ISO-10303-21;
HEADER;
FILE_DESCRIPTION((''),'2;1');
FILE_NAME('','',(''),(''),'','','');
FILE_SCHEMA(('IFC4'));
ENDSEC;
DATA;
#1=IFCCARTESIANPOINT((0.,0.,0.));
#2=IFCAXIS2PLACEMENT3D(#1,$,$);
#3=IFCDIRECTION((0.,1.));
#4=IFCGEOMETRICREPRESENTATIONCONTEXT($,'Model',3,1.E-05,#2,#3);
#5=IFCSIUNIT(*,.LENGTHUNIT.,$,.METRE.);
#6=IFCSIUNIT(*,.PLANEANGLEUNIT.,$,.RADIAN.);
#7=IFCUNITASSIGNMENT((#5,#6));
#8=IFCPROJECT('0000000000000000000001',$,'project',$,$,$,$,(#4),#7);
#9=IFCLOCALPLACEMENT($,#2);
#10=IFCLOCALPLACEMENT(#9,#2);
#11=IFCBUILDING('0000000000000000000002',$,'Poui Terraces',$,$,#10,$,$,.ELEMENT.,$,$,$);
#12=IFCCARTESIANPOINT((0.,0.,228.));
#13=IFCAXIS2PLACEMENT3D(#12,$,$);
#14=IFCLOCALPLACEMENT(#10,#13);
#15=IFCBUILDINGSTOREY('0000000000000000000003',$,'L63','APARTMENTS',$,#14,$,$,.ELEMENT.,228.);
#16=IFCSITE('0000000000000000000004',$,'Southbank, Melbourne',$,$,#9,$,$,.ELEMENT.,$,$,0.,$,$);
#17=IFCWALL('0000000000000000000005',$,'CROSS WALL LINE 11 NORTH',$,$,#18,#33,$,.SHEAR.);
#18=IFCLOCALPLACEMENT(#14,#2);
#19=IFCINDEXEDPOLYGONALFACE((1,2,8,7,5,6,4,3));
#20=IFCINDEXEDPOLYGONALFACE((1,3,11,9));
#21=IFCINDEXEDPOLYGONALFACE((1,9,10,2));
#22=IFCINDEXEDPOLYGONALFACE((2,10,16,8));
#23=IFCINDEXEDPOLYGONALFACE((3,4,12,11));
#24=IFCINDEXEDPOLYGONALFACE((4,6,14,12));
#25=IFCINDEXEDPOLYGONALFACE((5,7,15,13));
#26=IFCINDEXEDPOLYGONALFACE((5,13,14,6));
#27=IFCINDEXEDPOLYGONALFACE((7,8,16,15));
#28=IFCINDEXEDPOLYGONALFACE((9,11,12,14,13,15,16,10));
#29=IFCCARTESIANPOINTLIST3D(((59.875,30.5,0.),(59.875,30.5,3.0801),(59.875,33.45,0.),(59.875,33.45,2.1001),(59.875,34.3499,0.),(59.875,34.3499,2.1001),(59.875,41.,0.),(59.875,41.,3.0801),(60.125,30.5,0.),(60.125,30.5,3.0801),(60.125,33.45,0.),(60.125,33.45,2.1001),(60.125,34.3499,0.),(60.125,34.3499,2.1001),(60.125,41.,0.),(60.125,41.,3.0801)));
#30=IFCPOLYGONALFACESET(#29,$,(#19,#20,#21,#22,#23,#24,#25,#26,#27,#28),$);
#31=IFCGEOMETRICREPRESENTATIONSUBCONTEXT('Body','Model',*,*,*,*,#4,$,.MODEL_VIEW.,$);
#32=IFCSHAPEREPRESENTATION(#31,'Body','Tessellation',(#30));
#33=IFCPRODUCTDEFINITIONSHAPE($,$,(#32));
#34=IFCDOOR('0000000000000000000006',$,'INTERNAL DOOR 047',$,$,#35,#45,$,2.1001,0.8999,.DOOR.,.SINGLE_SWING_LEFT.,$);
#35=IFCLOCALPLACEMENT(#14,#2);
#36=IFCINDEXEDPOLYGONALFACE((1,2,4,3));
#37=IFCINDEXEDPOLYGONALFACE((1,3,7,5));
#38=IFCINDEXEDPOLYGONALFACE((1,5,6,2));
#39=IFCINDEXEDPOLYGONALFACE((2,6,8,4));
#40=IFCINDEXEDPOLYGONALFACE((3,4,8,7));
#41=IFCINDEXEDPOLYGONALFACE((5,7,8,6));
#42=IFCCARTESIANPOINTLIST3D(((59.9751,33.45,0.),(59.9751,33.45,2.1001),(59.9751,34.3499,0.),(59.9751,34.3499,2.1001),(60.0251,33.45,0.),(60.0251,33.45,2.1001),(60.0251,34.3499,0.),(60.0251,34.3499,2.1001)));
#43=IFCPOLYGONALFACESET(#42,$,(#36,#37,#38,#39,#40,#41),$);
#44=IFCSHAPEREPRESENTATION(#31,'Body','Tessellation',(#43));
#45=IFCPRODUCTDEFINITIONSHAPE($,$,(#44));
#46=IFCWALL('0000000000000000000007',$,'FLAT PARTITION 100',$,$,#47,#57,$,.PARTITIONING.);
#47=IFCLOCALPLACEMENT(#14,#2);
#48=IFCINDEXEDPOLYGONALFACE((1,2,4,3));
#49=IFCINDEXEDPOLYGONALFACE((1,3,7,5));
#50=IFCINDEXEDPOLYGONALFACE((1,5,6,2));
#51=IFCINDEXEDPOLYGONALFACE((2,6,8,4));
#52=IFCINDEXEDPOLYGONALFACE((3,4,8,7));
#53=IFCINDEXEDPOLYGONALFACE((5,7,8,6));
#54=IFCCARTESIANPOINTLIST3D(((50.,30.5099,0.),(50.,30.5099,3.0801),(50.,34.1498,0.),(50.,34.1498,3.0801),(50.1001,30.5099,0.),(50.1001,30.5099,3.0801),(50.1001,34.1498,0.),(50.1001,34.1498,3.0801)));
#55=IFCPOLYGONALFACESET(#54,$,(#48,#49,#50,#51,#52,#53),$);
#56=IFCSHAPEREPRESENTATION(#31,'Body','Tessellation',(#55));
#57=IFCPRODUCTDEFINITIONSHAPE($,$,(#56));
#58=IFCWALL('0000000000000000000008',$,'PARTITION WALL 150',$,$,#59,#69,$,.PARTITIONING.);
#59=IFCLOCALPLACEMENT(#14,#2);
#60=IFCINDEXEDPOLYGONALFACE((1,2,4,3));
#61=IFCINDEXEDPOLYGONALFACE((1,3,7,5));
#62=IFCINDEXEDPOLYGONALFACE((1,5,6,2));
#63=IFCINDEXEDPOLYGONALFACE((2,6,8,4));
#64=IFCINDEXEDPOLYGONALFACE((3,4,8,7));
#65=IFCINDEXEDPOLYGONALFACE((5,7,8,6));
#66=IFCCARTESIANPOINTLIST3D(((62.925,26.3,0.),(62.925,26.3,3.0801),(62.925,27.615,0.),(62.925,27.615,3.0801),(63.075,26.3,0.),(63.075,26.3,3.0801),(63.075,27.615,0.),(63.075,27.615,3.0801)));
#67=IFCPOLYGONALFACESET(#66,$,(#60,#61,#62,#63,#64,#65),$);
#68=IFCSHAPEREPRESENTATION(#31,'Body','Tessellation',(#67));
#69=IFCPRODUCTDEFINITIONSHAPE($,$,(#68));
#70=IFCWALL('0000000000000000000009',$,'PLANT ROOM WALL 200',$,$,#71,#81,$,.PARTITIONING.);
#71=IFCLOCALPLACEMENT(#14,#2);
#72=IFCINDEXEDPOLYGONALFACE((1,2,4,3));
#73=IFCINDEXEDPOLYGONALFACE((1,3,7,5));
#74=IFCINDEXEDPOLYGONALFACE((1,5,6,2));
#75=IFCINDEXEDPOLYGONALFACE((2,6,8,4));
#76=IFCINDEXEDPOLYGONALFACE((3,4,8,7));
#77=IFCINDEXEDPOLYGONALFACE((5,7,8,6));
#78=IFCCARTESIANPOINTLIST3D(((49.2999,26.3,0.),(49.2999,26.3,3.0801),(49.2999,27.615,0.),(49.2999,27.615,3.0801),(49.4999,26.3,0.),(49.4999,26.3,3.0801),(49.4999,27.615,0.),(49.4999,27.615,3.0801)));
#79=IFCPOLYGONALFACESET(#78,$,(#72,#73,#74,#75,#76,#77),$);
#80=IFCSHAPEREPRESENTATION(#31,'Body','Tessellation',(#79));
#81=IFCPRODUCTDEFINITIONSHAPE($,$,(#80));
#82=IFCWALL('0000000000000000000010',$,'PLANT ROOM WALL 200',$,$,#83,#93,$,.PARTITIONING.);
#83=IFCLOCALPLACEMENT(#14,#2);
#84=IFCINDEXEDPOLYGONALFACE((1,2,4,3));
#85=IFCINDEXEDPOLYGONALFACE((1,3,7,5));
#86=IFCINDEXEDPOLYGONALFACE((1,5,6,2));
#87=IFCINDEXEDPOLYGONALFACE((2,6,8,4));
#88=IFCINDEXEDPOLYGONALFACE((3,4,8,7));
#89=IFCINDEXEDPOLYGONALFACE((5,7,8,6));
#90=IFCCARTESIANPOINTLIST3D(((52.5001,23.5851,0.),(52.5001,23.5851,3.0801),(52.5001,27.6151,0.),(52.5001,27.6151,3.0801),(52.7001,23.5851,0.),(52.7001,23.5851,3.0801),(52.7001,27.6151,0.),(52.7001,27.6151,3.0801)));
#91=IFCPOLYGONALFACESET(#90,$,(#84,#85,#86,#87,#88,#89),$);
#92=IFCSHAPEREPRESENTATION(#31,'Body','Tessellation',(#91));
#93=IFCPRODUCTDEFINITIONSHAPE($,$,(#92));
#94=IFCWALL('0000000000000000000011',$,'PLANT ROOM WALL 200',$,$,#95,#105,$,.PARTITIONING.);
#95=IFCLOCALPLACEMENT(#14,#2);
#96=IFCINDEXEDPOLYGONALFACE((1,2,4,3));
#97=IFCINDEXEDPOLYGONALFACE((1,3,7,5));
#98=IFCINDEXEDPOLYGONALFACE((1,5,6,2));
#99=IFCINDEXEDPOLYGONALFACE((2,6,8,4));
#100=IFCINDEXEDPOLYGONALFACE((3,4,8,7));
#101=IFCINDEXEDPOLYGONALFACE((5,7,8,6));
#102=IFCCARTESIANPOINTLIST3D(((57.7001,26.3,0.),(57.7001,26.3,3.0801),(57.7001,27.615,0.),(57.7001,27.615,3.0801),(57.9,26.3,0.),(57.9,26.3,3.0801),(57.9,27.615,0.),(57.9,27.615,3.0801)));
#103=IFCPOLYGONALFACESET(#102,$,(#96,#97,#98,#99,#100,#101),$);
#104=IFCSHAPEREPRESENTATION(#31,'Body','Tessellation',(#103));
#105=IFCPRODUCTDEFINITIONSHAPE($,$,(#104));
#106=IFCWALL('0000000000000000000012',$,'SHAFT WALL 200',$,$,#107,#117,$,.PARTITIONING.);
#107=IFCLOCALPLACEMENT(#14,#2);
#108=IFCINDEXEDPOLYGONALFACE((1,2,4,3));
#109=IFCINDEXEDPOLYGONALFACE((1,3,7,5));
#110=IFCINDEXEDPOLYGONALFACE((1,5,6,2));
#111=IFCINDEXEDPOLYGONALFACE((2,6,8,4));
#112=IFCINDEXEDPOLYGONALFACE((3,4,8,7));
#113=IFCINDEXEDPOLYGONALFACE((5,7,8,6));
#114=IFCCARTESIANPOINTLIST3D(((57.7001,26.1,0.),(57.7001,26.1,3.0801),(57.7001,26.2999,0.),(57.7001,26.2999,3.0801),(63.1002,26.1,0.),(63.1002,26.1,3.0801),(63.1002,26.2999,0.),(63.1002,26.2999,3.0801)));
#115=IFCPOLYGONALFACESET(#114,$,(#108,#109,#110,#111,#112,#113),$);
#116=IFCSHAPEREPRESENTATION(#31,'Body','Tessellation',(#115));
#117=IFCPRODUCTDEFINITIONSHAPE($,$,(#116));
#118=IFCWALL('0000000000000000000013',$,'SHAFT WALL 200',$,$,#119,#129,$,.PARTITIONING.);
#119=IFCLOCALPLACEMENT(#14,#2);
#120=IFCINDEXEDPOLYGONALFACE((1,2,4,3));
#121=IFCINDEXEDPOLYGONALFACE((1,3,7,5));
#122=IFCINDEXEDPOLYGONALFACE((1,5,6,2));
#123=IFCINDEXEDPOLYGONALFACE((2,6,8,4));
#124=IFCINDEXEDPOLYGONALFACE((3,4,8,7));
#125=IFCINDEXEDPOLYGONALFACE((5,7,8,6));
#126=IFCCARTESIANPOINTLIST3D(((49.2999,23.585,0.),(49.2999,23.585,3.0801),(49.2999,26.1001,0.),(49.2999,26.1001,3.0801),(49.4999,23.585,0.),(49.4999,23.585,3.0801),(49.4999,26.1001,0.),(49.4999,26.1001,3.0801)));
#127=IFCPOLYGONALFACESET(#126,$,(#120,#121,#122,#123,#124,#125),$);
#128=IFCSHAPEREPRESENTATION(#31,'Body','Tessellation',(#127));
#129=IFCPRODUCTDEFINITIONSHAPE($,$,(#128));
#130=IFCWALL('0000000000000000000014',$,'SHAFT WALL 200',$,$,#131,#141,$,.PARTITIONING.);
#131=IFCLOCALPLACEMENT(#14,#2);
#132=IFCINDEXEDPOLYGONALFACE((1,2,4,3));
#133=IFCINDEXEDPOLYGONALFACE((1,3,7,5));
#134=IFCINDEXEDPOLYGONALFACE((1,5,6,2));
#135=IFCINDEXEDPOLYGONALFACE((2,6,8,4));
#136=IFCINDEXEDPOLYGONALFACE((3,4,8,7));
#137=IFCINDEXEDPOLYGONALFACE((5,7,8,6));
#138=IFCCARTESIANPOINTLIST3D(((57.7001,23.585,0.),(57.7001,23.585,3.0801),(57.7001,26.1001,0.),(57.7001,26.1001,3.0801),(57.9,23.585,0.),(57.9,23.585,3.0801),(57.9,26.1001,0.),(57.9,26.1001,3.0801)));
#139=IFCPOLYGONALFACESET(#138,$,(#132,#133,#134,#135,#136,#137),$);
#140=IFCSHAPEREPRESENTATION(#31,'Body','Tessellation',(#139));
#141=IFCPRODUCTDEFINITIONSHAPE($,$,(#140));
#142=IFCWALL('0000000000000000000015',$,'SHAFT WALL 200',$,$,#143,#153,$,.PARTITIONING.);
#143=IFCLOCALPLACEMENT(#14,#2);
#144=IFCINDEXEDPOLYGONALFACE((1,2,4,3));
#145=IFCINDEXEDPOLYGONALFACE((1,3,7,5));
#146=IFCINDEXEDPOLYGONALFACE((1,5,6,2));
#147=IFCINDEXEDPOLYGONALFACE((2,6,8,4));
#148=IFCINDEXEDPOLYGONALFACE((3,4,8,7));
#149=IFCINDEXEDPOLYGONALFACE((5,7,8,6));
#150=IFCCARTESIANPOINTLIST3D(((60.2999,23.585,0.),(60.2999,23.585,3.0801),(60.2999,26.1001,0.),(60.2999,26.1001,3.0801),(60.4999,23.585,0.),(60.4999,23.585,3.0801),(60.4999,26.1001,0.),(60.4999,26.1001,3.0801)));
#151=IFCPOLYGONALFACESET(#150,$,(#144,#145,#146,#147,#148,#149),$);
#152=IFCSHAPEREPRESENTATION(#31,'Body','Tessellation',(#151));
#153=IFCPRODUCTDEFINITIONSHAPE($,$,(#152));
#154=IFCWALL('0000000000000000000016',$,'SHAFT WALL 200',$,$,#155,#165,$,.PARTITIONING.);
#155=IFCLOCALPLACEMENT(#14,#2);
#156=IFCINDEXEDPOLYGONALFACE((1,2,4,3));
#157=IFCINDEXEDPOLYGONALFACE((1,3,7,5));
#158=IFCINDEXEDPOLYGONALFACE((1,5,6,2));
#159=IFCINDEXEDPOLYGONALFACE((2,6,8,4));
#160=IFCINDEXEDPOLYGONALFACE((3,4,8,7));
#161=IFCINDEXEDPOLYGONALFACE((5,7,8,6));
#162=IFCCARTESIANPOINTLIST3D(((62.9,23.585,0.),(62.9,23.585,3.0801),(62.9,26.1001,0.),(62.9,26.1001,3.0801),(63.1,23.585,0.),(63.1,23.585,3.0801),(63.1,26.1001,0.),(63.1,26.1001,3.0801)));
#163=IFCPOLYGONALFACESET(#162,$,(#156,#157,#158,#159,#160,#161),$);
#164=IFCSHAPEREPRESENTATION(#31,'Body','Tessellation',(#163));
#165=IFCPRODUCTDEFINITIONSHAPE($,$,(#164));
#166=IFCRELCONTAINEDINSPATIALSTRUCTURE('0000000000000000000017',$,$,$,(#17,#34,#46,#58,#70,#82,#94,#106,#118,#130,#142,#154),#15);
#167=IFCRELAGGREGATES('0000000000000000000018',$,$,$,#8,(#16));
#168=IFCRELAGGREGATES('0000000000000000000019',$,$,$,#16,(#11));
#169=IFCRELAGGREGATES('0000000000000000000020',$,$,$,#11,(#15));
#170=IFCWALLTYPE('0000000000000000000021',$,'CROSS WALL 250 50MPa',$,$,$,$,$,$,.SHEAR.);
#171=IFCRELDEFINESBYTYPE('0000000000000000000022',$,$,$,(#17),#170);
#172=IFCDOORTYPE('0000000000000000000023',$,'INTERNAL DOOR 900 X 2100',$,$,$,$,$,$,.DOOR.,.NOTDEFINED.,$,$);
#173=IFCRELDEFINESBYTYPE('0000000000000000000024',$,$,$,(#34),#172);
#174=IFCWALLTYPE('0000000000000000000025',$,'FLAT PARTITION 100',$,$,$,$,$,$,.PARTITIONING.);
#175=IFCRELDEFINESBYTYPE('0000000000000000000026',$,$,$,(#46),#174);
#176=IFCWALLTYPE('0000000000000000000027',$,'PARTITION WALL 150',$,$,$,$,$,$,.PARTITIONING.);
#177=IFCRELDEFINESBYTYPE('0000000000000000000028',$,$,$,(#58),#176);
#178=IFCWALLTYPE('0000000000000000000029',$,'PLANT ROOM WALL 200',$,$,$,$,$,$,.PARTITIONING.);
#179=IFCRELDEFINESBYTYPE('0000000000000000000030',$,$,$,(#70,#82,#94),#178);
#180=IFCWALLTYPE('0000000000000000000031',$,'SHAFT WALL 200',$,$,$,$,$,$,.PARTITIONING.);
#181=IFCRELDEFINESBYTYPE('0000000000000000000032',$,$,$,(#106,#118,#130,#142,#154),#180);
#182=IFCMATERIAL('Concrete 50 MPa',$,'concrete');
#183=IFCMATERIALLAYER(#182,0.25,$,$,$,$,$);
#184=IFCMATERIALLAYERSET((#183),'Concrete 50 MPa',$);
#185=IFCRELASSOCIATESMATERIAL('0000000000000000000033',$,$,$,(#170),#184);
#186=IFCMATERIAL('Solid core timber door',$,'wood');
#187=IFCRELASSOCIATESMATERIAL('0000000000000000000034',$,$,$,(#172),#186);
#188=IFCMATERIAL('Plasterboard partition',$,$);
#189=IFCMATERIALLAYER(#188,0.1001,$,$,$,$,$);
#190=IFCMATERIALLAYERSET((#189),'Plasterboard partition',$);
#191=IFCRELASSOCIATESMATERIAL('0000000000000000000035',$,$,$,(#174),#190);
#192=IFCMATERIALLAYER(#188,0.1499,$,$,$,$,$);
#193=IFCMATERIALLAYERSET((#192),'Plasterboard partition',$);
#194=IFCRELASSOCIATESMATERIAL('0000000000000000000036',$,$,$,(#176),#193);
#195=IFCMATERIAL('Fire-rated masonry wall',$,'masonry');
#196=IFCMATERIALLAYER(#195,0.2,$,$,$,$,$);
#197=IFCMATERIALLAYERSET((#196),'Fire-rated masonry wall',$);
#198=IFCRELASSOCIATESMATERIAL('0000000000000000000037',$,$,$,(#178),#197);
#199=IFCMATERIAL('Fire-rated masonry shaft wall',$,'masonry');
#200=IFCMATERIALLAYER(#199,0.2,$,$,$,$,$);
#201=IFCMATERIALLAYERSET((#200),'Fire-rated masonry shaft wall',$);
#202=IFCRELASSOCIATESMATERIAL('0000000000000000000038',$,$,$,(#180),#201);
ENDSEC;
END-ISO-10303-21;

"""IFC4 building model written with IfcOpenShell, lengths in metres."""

from ifc_helpers import new_model, si_unit, direction, frame, frame_2d, origin, place, context, subcontext, project, spatial, rectangle, extrude, material, layer, layer_set, type_object, element, fill, save


model = new_model("IFC4")

# Units and contexts
model_context = context("Model", 3, precision=1e-05, world=origin(), true_north=direction((0.0, 1.0)))
body_context = subcontext(model_context, "Body", "Model", "MODEL_VIEW")
ifc_project = project(units=[si_unit("LENGTHUNIT", "METRE"), si_unit("PLANEANGLEUNIT", "RADIAN")], contexts=[model_context])

# Site, building, storey
site_placement = place(None, origin())
site = spatial("IfcSite", under=ifc_project, at=site_placement, Name="Southbank, Melbourne", CompositionType="ELEMENT", RefElevation=0.0)
building_placement = place(site_placement, origin())
building = spatial("IfcBuilding", under=site, at=building_placement, Name="Poui Terraces", CompositionType="ELEMENT")
storey_placement = place(building_placement, frame((0.0, 0.0, 228.0)))
storey = spatial("IfcBuildingStorey", under=building, at=storey_placement, Name="L63", Description="APARTMENTS", CompositionType="ELEMENT", Elevation=228.0)

# Shared definitions
ifc_material_1 = material(Name="Concrete 50 MPa", Category="concrete")

# Wall, opening, door
ifc_layer_1 = layer(ifc_material_1, 0.25)
ifc_layer_set_1 = layer_set([ifc_layer_1], Name="Concrete 50 MPa")
wall_type_1 = type_object("IfcWallType", Name="CROSS WALL 250 50MPa", PredefinedType="SHEAR", material=ifc_layer_set_1)
ifc_material_2 = material(Name="Solid core timber door", Category="wood")
door_type_1 = type_object("IfcDoorType", Name="INTERNAL DOOR 900 X 2100", OperationType="NOTDEFINED", PredefinedType="DOOR", material=ifc_material_2)
wall_1_placement = place(storey_placement, frame((60.0, 30.5, 0.0), z_axis=(0.0, 0.0, 1.0), x_axis=(0.0, 1.0, 0.0)))
wall_1 = element("IfcWall", 1, at=wall_1_placement, inside=storey, type_object=wall_type_1, Name="CROSS WALL LINE 11 NORTH", PredefinedType="SHEAR", context=body_context, shape_type="SweptSolid", body=[
    extrude(rectangle(XDim=10.5, YDim=0.25, at=frame_2d((5.25, 0.0))), origin(), (0.0, 0.0, 1.0), 3.0801),
])
opening_1_placement = place(wall_1_placement, frame((2.95, 0.0, 0.0)))
opening_1 = element("IfcOpeningElement", 2, at=opening_1_placement, cuts=wall_1, PredefinedType="OPENING", context=body_context, shape_type="SweptSolid", body=[
    extrude(rectangle(XDim=0.8999, YDim=2.1001, at=frame_2d((0.45, 1.05))), frame((0.0, 0.135, 0.0), z_axis=(0.0, -1.0, 0.0), x_axis=(1.0, 0.0, 0.0)), (0.0, 0.0, 1.0), 0.27),
])
door_1_placement = place(opening_1_placement, origin())
door_1 = element("IfcDoor", 3, at=door_1_placement, inside=storey, type_object=door_type_1, Name="INTERNAL DOOR 047", OperationType="SINGLE_SWING_LEFT", OverallHeight=2.1001, OverallWidth=0.8999, PredefinedType="DOOR", context=body_context, shape_type="SweptSolid", body=[
    extrude(rectangle(XDim=0.8999, YDim=2.1001, at=frame_2d((0.45, 1.05))), frame((0.0, 0.0249, 0.0), z_axis=(0.0, -1.0, 0.0), x_axis=(1.0, 0.0, 0.0)), (0.0, 0.0, 1.0), 0.05),
])
fill(opening_1, door_1)

# Walls
ifc_material_3 = material(Name="Plasterboard partition")
ifc_layer_2 = layer(ifc_material_3, 0.1001)
ifc_layer_set_2 = layer_set([ifc_layer_2], Name="Plasterboard partition")
wall_type_2 = type_object("IfcWallType", Name="FLAT PARTITION 100", PredefinedType="PARTITIONING", material=ifc_layer_set_2)
wall_2_placement = place(storey_placement, frame((50.05, 30.51, 0.0), z_axis=(0.0, 0.0, 1.0), x_axis=(0.0, 1.0, 0.0)))
element("IfcWall", 4, at=wall_2_placement, inside=storey, type_object=wall_type_2, Name="FLAT PARTITION 100", PredefinedType="PARTITIONING", context=body_context, shape_type="SweptSolid", body=[
    extrude(rectangle(XDim=3.6399, YDim=0.1001, at=frame_2d((1.8198, 0.0))), origin(), (0.0, 0.0, 1.0), 3.0801),
])
ifc_layer_3 = layer(ifc_material_3, 0.1499)
ifc_layer_set_3 = layer_set([ifc_layer_3], Name="Plasterboard partition")
wall_type_3 = type_object("IfcWallType", Name="PARTITION WALL 150", PredefinedType="PARTITIONING", material=ifc_layer_set_3)
wall_3_placement = place(storey_placement, frame((63.0, 26.3, 0.0), z_axis=(0.0, 0.0, 1.0), x_axis=(0.0, 1.0, 0.0)))
element("IfcWall", 5, at=wall_3_placement, inside=storey, type_object=wall_type_3, Name="PARTITION WALL 150", PredefinedType="PARTITIONING", context=body_context, shape_type="SweptSolid", body=[
    extrude(rectangle(XDim=1.3149, YDim=0.1499, at=frame_2d((0.6575, 0.0))), origin(), (0.0, 0.0, 1.0), 3.0801),
])
ifc_material_4 = material(Name="Fire-rated masonry wall", Category="masonry")
ifc_layer_4 = layer(ifc_material_4, 0.2)
ifc_layer_set_4 = layer_set([ifc_layer_4], Name="Fire-rated masonry wall")
wall_type_4 = type_object("IfcWallType", Name="PLANT ROOM WALL 200", PredefinedType="PARTITIONING", material=ifc_layer_set_4)
wall_4_placement = place(storey_placement, frame((49.3999, 26.3, 0.0), z_axis=(0.0, 0.0, 1.0), x_axis=(0.0, 1.0, 0.0)))
element("IfcWall", 6, at=wall_4_placement, inside=storey, type_object=wall_type_4, Name="PLANT ROOM WALL 200", PredefinedType="PARTITIONING", context=body_context, shape_type="SweptSolid", body=[
    extrude(rectangle(XDim=1.3149, YDim=0.2, at=frame_2d((0.6575, 0.0))), origin(), (0.0, 0.0, 1.0), 3.0801),
])
wall_5_placement = place(storey_placement, frame((52.6001, 23.585, 0.0), z_axis=(0.0, 0.0, 1.0), x_axis=(0.0, 1.0, 0.0)))
element("IfcWall", 7, at=wall_5_placement, inside=storey, type_object=wall_type_4, Name="PLANT ROOM WALL 200", PredefinedType="PARTITIONING", context=body_context, shape_type="SweptSolid", body=[
    extrude(rectangle(XDim=4.03, YDim=0.2, at=frame_2d((2.0151, 0.0))), origin(), (0.0, 0.0, 1.0), 3.0801),
])
wall_6_placement = place(storey_placement, frame((57.8, 26.3, 0.0), z_axis=(0.0, 0.0, 1.0), x_axis=(0.0, 1.0, 0.0)))
element("IfcWall", 8, at=wall_6_placement, inside=storey, type_object=wall_type_4, Name="PLANT ROOM WALL 200", PredefinedType="PARTITIONING", context=body_context, shape_type="SweptSolid", body=[
    extrude(rectangle(XDim=1.3149, YDim=0.2, at=frame_2d((0.6575, 0.0))), origin(), (0.0, 0.0, 1.0), 3.0801),
])
ifc_material_5 = material(Name="Fire-rated masonry shaft wall", Category="masonry")
ifc_layer_5 = layer(ifc_material_5, 0.2)
ifc_layer_set_5 = layer_set([ifc_layer_5], Name="Fire-rated masonry shaft wall")
wall_type_5 = type_object("IfcWallType", Name="SHAFT WALL 200", PredefinedType="PARTITIONING", material=ifc_layer_set_5)
wall_7_placement = place(storey_placement, frame((57.7, 26.2, 0.0), z_axis=(0.0, 0.0, 1.0), x_axis=(1.0, 0.0, 0.0)))
element("IfcWall", 9, at=wall_7_placement, inside=storey, type_object=wall_type_5, Name="SHAFT WALL 200", PredefinedType="PARTITIONING", context=body_context, shape_type="SweptSolid", body=[
    extrude(rectangle(XDim=5.4001, YDim=0.2, at=frame_2d((2.7002, 0.0))), origin(), (0.0, 0.0, 1.0), 3.0801),
])
for number, where, z_axis, x_axis, name in (
    (10, (49.3999, 23.585, 0.0), (0.0, 0.0, 1.0), (0.0, 1.0, 0.0), "SHAFT WALL 200"),
    (11, (57.8, 23.585, 0.0), (0.0, 0.0, 1.0), (0.0, 1.0, 0.0), "SHAFT WALL 200"),
    (12, (60.3999, 23.585, 0.0), (0.0, 0.0, 1.0), (0.0, 1.0, 0.0), "SHAFT WALL 200"),
    (13, (63.0, 23.585, 0.0), (0.0, 0.0, 1.0), (0.0, 1.0, 0.0), "SHAFT WALL 200"),
):
    element("IfcWall", number, at=place(storey_placement, frame(where, z_axis=z_axis, x_axis=x_axis)), inside=storey, type_object=wall_type_5, Name=name, PredefinedType="PARTITIONING", context=body_context, shape_type="SweptSolid", body=[
        extrude(rectangle(XDim=2.5151, YDim=0.2, at=frame_2d((1.2576, 0.0))), origin(), (0.0, 0.0, 1.0), 3.0801),
    ])

save(model, "model.ifc")
